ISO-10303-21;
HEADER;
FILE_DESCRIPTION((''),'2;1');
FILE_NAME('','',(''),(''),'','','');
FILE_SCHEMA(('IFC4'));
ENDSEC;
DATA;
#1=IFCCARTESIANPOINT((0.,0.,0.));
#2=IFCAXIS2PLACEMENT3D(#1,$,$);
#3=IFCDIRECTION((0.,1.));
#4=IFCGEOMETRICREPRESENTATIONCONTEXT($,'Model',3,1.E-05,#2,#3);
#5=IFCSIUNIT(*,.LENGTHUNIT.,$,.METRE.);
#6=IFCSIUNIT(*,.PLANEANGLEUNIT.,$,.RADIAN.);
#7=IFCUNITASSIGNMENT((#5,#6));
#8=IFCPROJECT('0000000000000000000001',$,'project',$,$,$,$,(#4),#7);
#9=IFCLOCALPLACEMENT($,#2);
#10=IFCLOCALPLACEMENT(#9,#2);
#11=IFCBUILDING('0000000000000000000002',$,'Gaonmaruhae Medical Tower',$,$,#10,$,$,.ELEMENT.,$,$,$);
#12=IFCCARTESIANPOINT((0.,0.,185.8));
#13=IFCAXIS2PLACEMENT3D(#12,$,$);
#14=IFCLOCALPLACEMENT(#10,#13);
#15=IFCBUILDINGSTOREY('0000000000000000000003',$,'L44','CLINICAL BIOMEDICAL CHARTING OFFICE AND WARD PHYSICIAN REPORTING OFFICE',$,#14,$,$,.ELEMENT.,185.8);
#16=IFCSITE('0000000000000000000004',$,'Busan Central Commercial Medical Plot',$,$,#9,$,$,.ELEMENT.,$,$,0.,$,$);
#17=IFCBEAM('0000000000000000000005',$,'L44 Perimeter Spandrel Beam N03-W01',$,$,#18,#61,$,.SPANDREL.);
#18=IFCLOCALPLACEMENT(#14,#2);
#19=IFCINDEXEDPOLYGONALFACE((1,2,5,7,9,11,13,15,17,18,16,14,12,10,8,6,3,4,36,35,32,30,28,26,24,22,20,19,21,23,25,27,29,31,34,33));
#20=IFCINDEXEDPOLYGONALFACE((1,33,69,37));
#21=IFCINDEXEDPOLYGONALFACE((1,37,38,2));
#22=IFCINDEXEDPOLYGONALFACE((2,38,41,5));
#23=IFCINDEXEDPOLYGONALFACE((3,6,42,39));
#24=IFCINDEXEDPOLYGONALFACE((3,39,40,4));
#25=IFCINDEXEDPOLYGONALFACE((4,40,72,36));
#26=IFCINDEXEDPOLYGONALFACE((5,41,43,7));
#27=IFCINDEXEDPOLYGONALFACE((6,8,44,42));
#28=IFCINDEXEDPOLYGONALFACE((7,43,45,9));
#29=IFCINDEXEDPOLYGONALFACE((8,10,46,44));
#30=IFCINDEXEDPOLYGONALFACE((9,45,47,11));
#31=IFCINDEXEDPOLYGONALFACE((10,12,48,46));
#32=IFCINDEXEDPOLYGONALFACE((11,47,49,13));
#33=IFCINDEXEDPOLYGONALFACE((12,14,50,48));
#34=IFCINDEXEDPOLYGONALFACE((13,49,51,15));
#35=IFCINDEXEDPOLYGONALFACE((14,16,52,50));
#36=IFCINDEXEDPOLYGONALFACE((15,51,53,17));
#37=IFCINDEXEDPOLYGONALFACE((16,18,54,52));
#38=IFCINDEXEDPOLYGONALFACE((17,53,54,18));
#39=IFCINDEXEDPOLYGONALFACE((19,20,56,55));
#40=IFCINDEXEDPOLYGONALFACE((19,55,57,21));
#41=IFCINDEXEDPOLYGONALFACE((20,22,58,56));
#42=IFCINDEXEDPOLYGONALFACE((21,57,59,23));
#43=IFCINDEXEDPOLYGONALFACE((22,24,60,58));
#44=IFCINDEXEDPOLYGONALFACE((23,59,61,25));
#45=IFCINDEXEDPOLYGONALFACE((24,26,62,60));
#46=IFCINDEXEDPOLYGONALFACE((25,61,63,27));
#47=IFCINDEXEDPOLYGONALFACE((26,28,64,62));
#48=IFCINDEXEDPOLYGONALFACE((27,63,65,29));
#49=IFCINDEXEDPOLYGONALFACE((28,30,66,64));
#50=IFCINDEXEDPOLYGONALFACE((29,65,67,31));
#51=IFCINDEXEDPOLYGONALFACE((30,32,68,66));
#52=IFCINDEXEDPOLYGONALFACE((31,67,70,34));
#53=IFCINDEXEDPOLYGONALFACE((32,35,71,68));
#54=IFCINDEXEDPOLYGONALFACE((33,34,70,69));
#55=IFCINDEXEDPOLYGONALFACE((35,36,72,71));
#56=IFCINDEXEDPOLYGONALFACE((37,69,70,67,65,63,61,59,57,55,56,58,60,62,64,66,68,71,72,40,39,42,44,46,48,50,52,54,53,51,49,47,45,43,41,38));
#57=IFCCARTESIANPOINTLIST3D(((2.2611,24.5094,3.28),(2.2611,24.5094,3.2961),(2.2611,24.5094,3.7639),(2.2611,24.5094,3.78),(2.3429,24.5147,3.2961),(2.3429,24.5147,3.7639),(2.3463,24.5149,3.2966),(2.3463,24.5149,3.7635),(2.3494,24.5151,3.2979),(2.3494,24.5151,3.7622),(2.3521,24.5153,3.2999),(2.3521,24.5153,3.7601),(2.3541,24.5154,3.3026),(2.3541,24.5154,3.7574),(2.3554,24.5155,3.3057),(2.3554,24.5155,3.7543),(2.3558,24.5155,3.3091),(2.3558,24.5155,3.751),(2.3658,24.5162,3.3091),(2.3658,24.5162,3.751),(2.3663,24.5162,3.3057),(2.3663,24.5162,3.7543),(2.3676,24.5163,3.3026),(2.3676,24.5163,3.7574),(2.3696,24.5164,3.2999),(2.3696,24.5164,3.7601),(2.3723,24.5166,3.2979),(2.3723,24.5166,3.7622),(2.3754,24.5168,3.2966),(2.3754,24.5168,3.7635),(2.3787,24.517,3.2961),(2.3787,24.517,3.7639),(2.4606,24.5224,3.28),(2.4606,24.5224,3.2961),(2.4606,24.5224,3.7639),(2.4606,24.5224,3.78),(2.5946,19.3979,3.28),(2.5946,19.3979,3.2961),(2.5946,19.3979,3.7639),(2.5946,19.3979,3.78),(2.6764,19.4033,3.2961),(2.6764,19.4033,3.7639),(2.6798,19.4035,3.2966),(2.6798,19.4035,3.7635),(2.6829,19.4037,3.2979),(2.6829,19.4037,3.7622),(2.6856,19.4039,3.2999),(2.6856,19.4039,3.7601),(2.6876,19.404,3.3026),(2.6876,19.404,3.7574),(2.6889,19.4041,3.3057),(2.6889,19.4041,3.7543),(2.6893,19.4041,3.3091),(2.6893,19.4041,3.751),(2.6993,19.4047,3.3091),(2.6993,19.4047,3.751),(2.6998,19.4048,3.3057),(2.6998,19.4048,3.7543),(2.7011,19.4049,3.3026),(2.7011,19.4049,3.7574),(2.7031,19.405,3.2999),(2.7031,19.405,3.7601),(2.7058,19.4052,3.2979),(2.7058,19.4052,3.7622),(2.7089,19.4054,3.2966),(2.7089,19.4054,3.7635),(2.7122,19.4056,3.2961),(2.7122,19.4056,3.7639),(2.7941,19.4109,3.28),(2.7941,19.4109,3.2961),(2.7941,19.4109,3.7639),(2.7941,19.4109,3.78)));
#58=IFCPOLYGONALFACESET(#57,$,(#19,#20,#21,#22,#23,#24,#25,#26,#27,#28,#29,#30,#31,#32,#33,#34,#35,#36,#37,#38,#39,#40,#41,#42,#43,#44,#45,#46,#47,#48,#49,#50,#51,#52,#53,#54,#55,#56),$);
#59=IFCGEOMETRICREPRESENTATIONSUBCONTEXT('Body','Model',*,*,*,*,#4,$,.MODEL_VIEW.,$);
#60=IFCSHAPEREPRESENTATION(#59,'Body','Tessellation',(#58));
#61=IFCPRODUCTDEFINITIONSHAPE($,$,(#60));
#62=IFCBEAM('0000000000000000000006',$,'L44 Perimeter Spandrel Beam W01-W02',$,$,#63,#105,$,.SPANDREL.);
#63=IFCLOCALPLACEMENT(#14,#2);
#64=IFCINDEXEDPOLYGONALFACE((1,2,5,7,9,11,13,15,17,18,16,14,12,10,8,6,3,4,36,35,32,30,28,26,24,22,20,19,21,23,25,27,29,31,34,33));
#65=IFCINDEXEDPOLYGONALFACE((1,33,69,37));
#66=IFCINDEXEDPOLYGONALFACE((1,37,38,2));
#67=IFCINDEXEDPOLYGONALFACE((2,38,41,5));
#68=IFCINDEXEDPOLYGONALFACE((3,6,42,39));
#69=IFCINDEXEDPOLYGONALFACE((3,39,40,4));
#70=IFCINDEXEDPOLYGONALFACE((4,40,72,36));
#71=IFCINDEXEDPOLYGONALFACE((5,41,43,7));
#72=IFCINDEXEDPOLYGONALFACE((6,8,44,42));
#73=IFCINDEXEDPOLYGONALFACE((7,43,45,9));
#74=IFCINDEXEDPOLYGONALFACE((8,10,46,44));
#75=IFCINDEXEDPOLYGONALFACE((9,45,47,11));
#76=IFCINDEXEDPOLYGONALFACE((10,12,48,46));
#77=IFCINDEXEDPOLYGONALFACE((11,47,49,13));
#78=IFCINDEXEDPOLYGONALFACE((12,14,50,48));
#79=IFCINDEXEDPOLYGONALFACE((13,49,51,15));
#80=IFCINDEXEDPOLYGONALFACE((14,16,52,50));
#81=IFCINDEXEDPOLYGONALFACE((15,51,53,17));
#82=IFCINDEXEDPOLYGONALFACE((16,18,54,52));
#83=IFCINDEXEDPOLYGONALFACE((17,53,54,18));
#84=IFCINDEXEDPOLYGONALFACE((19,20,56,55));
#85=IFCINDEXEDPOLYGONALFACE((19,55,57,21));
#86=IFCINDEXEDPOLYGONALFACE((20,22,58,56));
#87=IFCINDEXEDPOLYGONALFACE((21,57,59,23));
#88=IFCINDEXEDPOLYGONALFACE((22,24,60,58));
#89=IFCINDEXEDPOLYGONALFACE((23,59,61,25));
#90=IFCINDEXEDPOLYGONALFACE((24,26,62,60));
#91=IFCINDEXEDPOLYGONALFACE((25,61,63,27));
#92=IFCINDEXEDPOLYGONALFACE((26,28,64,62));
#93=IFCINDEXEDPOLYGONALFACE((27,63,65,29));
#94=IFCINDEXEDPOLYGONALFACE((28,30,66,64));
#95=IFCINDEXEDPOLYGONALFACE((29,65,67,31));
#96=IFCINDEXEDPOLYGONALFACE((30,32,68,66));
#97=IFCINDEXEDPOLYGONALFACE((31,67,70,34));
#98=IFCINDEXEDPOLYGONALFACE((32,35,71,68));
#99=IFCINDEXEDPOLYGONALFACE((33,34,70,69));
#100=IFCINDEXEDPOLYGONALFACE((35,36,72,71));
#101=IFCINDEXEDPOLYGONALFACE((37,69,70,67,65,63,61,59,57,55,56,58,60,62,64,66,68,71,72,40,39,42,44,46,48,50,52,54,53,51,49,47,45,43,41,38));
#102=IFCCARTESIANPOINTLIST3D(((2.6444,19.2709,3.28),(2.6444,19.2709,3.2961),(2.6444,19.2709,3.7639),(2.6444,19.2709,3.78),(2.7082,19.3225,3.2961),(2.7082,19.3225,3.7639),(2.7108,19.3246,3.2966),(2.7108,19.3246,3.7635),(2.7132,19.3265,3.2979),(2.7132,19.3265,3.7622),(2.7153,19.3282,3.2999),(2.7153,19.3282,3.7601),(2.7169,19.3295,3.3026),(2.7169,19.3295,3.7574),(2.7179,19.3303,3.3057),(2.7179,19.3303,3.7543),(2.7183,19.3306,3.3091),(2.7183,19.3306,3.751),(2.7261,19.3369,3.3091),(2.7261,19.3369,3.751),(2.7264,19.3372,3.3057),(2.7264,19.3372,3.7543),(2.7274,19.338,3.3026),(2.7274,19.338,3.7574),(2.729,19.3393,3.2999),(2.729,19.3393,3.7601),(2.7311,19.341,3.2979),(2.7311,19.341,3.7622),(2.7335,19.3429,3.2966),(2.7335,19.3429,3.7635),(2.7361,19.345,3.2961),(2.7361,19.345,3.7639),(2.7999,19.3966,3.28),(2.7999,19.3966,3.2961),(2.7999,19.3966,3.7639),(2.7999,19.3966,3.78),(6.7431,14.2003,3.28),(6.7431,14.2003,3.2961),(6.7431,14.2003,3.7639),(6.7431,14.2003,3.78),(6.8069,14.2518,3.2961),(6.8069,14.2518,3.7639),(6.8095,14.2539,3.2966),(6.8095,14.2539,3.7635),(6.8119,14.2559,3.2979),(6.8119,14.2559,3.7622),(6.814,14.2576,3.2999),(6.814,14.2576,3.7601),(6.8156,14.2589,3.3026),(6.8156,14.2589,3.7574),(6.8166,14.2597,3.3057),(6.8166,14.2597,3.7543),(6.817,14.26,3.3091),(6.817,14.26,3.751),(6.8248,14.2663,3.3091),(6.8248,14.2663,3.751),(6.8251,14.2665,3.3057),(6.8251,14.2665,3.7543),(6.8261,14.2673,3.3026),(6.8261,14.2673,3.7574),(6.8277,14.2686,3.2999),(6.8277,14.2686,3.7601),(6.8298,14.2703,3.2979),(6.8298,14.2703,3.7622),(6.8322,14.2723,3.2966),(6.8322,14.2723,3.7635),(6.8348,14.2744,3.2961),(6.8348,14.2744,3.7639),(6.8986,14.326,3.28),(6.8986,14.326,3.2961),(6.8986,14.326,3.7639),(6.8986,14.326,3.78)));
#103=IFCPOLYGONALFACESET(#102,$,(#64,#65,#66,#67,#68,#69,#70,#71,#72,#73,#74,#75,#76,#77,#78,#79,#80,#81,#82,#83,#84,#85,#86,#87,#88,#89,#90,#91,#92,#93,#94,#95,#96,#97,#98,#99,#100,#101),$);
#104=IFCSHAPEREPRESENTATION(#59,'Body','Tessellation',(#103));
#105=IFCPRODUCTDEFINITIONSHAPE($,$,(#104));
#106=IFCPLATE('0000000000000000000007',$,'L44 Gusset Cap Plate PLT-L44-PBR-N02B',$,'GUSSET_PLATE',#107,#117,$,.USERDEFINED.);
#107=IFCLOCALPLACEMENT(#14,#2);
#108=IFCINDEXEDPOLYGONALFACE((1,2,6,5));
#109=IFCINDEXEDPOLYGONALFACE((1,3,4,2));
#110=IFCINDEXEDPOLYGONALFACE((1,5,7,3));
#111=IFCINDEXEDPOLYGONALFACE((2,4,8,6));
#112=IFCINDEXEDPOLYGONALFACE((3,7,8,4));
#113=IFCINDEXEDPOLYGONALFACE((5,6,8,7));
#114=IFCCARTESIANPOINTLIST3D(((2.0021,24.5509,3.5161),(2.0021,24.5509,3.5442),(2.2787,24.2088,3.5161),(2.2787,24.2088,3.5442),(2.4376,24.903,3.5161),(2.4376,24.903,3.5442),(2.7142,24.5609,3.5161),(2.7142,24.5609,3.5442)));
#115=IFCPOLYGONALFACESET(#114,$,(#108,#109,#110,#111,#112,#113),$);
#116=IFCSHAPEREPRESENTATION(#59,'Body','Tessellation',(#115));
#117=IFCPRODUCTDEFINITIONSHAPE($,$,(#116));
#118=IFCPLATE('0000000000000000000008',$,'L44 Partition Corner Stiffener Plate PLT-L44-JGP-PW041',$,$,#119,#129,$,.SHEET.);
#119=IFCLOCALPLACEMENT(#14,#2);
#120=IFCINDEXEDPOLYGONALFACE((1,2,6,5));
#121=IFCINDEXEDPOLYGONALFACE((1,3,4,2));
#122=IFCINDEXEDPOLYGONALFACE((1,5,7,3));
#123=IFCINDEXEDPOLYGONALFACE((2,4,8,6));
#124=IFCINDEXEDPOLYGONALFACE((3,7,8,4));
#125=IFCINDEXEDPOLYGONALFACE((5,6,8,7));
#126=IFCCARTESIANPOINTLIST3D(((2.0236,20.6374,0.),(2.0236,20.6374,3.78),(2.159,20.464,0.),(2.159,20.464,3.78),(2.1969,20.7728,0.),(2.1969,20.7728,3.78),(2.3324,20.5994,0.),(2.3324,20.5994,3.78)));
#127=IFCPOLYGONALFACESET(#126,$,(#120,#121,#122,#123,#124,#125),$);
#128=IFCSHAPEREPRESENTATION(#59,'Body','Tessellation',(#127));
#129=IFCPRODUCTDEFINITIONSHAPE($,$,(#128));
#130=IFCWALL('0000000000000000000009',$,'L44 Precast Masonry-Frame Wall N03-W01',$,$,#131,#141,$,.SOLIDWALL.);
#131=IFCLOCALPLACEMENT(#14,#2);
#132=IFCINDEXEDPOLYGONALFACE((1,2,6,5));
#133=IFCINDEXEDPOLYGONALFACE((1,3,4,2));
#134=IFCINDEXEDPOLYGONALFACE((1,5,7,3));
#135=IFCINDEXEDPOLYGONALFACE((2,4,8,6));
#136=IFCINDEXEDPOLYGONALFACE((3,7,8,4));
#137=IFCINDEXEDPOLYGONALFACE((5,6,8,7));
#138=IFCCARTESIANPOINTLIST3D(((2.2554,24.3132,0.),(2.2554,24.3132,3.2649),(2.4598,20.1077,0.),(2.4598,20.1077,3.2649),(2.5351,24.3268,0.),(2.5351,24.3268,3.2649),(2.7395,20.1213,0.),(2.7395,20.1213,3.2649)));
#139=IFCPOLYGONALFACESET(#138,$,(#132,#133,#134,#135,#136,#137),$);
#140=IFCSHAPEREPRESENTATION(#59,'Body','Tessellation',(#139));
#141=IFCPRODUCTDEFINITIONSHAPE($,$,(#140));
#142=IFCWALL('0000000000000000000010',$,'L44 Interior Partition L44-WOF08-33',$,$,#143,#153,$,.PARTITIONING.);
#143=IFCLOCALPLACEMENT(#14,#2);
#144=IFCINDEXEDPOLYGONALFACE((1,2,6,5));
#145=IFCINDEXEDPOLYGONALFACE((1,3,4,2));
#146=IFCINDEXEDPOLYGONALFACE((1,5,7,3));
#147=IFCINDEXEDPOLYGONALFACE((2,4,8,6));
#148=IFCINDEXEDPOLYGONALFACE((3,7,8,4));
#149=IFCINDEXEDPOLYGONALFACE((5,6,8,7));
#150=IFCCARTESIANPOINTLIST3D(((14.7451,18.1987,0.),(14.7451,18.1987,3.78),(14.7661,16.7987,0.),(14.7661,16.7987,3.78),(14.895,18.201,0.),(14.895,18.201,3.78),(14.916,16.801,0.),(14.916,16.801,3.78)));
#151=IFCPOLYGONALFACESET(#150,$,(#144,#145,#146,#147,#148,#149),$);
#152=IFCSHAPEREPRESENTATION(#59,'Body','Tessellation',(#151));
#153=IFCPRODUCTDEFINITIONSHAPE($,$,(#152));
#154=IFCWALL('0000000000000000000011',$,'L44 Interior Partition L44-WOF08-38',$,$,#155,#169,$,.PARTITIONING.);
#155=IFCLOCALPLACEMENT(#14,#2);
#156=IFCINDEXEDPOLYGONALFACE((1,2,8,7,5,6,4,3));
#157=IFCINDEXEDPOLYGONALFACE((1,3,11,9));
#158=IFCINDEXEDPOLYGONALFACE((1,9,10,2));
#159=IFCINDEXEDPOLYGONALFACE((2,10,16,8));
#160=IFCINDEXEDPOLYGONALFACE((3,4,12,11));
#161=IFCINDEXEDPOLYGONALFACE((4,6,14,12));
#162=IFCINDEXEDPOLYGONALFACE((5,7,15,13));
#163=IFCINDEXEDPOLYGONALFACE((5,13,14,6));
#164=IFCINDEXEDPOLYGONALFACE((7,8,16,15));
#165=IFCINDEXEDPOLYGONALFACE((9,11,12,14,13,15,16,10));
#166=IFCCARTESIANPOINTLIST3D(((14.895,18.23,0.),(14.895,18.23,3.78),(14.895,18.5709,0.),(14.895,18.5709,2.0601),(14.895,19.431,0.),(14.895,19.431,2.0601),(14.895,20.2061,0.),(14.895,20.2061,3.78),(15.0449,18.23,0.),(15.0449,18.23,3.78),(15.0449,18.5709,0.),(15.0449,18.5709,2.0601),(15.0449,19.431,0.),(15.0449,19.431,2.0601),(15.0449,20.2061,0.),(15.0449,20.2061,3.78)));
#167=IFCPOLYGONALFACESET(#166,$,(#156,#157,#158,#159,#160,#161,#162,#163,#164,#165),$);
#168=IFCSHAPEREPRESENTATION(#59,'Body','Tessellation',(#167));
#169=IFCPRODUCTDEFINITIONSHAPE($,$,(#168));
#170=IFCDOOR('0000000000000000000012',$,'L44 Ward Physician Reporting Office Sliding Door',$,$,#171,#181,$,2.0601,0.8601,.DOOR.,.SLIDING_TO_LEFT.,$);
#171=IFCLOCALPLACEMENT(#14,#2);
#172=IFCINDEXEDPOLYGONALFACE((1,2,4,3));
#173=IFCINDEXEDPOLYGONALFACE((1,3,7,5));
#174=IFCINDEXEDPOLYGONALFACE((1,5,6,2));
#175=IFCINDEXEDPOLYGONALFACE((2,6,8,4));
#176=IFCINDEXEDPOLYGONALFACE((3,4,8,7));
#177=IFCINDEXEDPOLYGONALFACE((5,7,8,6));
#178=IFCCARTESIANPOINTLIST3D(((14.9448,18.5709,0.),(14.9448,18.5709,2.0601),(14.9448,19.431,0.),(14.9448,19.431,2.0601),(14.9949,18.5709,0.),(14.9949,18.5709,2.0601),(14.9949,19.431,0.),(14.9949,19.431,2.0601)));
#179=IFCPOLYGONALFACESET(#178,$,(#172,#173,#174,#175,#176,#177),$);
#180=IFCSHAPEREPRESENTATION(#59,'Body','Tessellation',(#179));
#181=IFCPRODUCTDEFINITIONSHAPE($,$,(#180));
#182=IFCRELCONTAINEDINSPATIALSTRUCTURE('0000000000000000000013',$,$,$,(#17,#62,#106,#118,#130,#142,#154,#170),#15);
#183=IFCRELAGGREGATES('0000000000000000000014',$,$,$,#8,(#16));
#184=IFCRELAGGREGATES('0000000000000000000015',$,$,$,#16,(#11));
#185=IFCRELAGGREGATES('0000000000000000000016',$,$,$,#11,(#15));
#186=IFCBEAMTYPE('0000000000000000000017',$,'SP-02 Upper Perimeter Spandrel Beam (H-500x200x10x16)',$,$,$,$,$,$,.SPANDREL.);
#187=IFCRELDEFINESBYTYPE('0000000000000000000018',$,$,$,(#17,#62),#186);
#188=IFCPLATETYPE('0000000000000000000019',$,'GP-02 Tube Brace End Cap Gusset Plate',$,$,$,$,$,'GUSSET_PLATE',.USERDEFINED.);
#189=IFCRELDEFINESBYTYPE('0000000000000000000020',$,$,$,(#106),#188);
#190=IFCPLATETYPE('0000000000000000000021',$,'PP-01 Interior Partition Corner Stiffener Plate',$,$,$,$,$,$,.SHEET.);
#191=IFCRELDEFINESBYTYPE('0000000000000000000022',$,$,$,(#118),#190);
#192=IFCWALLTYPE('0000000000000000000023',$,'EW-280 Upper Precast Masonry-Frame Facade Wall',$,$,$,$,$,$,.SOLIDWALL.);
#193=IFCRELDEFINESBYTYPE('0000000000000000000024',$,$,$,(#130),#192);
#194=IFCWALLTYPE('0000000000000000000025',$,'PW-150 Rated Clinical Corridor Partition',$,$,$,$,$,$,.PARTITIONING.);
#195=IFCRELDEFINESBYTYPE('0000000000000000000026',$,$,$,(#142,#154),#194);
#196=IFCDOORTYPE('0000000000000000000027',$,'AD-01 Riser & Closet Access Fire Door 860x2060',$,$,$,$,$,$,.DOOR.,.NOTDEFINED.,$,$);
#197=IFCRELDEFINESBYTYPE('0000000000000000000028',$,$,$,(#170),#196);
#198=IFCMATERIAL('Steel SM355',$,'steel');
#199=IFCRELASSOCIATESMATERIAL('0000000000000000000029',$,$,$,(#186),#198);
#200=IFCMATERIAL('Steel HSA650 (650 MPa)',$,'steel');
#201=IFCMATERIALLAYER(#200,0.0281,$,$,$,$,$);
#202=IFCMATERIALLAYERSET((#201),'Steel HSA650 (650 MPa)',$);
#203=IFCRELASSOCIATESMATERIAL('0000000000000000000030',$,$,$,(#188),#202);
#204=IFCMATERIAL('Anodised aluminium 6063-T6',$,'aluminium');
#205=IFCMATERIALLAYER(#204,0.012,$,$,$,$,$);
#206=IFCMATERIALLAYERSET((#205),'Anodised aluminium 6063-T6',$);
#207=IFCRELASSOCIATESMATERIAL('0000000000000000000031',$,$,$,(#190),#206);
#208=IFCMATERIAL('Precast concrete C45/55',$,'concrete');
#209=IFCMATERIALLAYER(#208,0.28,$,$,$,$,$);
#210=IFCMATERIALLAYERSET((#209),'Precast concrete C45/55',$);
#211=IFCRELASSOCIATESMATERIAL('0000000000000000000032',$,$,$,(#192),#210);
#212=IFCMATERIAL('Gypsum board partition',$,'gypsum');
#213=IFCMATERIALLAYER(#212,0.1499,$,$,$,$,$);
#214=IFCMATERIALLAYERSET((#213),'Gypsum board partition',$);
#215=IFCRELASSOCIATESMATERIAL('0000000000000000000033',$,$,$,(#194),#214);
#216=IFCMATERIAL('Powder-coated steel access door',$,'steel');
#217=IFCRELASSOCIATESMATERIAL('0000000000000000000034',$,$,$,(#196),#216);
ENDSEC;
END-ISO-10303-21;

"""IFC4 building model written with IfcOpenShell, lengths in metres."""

from ifc_helpers import new_model, si_unit, direction, frame, frame_2d, origin, origin_2d, place, context, subcontext, project, spatial, rectangle, i_section, extrude, material, layer, layer_set, material_profile, profile_set, type_object, element, fill, save


model = new_model("IFC4")

# Units and contexts
model_context = context("Model", 3, precision=1e-05, world=origin(), true_north=direction((0.0, 1.0)))
body_context = subcontext(model_context, "Body", "Model", "MODEL_VIEW")
ifc_project = project(units=[si_unit("LENGTHUNIT", "METRE"), si_unit("PLANEANGLEUNIT", "RADIAN")], contexts=[model_context])

# Site, building, storey
site_placement = place(None, origin())
site = spatial("IfcSite", under=ifc_project, at=site_placement, Name="Busan Central Commercial Medical Plot", CompositionType="ELEMENT", RefElevation=0.0)
building_placement = place(site_placement, origin())
building = spatial("IfcBuilding", under=site, at=building_placement, Name="Gaonmaruhae Medical Tower", CompositionType="ELEMENT")
storey_placement = place(building_placement, frame((0.0, 0.0, 185.8)))
storey = spatial("IfcBuildingStorey", under=building, at=storey_placement, Name="L44", Description="CLINICAL BIOMEDICAL CHARTING OFFICE AND WARD PHYSICIAN REPORTING OFFICE", CompositionType="ELEMENT", Elevation=185.8)

# Beams
ifc_material_1 = material(Name="Steel SM355", Category="steel")
ifc_material_profile_1 = material_profile(ifc_material_1, i_section(OverallWidth=0.2, OverallDepth=0.5, WebThickness=0.01, FlangeThickness=0.0161, FilletRadius=0.0129, at=origin_2d()), Name="H-500x200x10x16")
ifc_profile_set_1 = profile_set([ifc_material_profile_1], Name="Steel SM355")
beam_type_1 = type_object("IfcBeamType", Name="SP-02 Upper Perimeter Spandrel Beam (H-500x200x10x16)", PredefinedType="SPANDREL", material=ifc_profile_set_1)
beam_1_placement = place(storey_placement, frame((2.3608, 24.5159, 3.53), z_axis=(0.065108, -0.997878, 0.0), x_axis=(0.997878, 0.065108, 0.0)))
element("IfcBeam", 1, at=beam_1_placement, inside=storey, type_object=beam_type_1, Name="L44 Perimeter Spandrel Beam N03-W01", PredefinedType="SPANDREL", context=body_context, shape_type="SweptSolid", body=[
    extrude(i_section(OverallWidth=0.2, OverallDepth=0.5, WebThickness=0.01, FlangeThickness=0.0161, FilletRadius=0.0129, at=origin_2d()), origin(), (0.0, 0.0, 1.0), 5.1223),
])
beam_2_placement = place(storey_placement, frame((2.7222, 19.3337, 3.53), z_axis=(0.628633, -0.777702, 0.0), x_axis=(0.777702, 0.628633, 0.0)))
element("IfcBeam", 2, at=beam_2_placement, inside=storey, type_object=beam_type_1, Name="L44 Perimeter Spandrel Beam W01-W02", PredefinedType="SPANDREL", context=body_context, shape_type="SweptSolid", body=[
    extrude(i_section(OverallWidth=0.2, OverallDepth=0.5, WebThickness=0.01, FlangeThickness=0.0161, FilletRadius=0.0129, at=origin_2d()), origin(), (0.0, 0.0, 1.0), 6.52),
])

# Plates
ifc_material_2 = material(Name="Steel HSA650 (650 MPa)", Category="steel")
ifc_layer_1 = layer(ifc_material_2, 0.0281)
ifc_layer_set_1 = layer_set([ifc_layer_1], Name="Steel HSA650 (650 MPa)")
plate_type_1 = type_object("IfcPlateType", Name="GP-02 Tube Brace End Cap Gusset Plate", ElementType="GUSSET_PLATE", PredefinedType="USERDEFINED", material=ifc_layer_set_1)
plate_1_placement = place(storey_placement, frame((2.3582, 24.5559, 3.5161), z_axis=(0.0, 0.0, 1.0), x_axis=(0.777695, 0.628642, 0.0)))
element("IfcPlate", 3, at=plate_1_placement, inside=storey, type_object=plate_type_1, Name="L44 Gusset Cap Plate PLT-L44-PBR-N02B", ObjectType="GUSSET_PLATE", PredefinedType="USERDEFINED", context=body_context, shape_type="SweptSolid", body=[
    extrude(rectangle(XDim=0.5601, YDim=0.4399, at=origin_2d()), origin(), (0.0, 0.0, 1.0), 0.0281),
])
ifc_material_3 = material(Name="Anodised aluminium 6063-T6", Category="aluminium")
ifc_layer_2 = layer(ifc_material_3, 0.012)
ifc_layer_set_2 = layer_set([ifc_layer_2], Name="Anodised aluminium 6063-T6")
plate_type_2 = type_object("IfcPlateType", Name="PP-01 Interior Partition Corner Stiffener Plate", PredefinedType="SHEET", material=ifc_layer_set_2)
plate_2_placement = place(storey_placement, frame((2.178, 20.6184, 0.0), z_axis=(0.0, 0.0, 1.0), x_axis=(0.788021, 0.615648, 0.0)))
element("IfcPlate", 4, at=plate_2_placement, inside=storey, type_object=plate_type_2, Name="L44 Partition Corner Stiffener Plate PLT-L44-JGP-PW041", PredefinedType="SHEET", context=body_context, shape_type="SweptSolid", body=[
    extrude(rectangle(XDim=0.22, YDim=0.22, at=origin_2d()), origin(), (0.0, 0.0, 1.0), 3.78),
])

# Walls
ifc_material_4 = material(Name="Precast concrete C45/55", Category="concrete")
ifc_layer_3 = layer(ifc_material_4, 0.28)
ifc_layer_set_3 = layer_set([ifc_layer_3], Name="Precast concrete C45/55")
wall_type_1 = type_object("IfcWallType", Name="EW-280 Upper Precast Masonry-Frame Facade Wall", PredefinedType="SOLIDWALL", material=ifc_layer_set_3)
wall_1_placement = place(storey_placement, frame((2.5996, 20.1145, 0.0), z_axis=(0.0, 0.0, 1.0), x_axis=(-0.048532, 0.998822, 0.0)))
element("IfcWall", 5, at=wall_1_placement, inside=storey, type_object=wall_type_1, Name="L44 Precast Masonry-Frame Wall N03-W01", PredefinedType="SOLIDWALL", context=body_context, shape_type="SweptSolid", body=[
    extrude(rectangle(XDim=4.2104, YDim=0.28, at=frame_2d((2.1052, 0.0))), origin(), (0.0, 0.0, 1.0), 3.2649),
])
ifc_material_5 = material(Name="Gypsum board partition", Category="gypsum")
ifc_layer_4 = layer(ifc_material_5, 0.1499)
ifc_layer_set_4 = layer_set([ifc_layer_4], Name="Gypsum board partition")
wall_type_2 = type_object("IfcWallType", Name="PW-150 Rated Clinical Corridor Partition", PredefinedType="PARTITIONING", material=ifc_layer_set_4)
wall_2_placement = place(storey_placement, frame((14.8201, 18.2, 0.0), z_axis=(0.0, 0.0, 1.0), x_axis=(0.014997, -0.999888, 0.0)))
element("IfcWall", 6, at=wall_2_placement, inside=storey, type_object=wall_type_2, Name="L44 Interior Partition L44-WOF08-33", PredefinedType="PARTITIONING", context=body_context, shape_type="SweptSolid", body=[
    extrude(rectangle(XDim=1.4001, YDim=0.1499, at=frame_2d((0.7002, 0.0))), origin(), (0.0, 0.0, 1.0), 3.78),
])

# Wall, opening, door
wall_3_placement = place(storey_placement, frame((14.97, 20.2061, 0.0), z_axis=(0.0, 0.0, 1.0), x_axis=(0.0, -1.0, 0.0)))
wall_3 = element("IfcWall", 7, at=wall_3_placement, inside=storey, type_object=wall_type_2, Name="L44 Interior Partition L44-WOF08-38", PredefinedType="PARTITIONING", context=body_context, shape_type="SweptSolid", body=[
    extrude(rectangle(XDim=1.9761, YDim=0.1499, at=frame_2d((0.988, 0.0))), origin(), (0.0, 0.0, 1.0), 3.78),
])
opening_1_placement = place(wall_3_placement, frame((0.7749, 0.0, 0.0)))
opening_1 = element("IfcOpeningElement", 8, at=opening_1_placement, cuts=wall_3, PredefinedType="OPENING", context=body_context, shape_type="SweptSolid", body=[
    extrude(rectangle(XDim=0.8601, YDim=2.0601, at=frame_2d((0.4302, 1.03))), frame((0.0, 0.085, 0.0), z_axis=(0.0, -1.0, 0.0), x_axis=(1.0, 0.0, 0.0)), (0.0, 0.0, 1.0), 0.1699),
])
ifc_material_6 = material(Name="Powder-coated steel access door", Category="steel")
door_type = type_object("IfcDoorType", Name="AD-01 Riser & Closet Access Fire Door 860x2060", OperationType="NOTDEFINED", PredefinedType="DOOR", material=ifc_material_6)
door_1_placement = place(opening_1_placement, origin())
door_1 = element("IfcDoor", 9, at=door_1_placement, inside=storey, type_object=door_type, Name="L44 Ward Physician Reporting Office Sliding Door", OperationType="SLIDING_TO_LEFT", OverallHeight=2.0601, OverallWidth=0.8601, PredefinedType="DOOR", context=body_context, shape_type="SweptSolid", body=[
    extrude(rectangle(XDim=0.8601, YDim=2.0601, at=frame_2d((0.4302, 1.03))), frame((0.0, 0.0249, 0.0), z_axis=(0.0, -1.0, 0.0), x_axis=(1.0, 0.0, 0.0)), (0.0, 0.0, 1.0), 0.05),
])
fill(opening_1, door_1)

save(model, "model.ifc")
